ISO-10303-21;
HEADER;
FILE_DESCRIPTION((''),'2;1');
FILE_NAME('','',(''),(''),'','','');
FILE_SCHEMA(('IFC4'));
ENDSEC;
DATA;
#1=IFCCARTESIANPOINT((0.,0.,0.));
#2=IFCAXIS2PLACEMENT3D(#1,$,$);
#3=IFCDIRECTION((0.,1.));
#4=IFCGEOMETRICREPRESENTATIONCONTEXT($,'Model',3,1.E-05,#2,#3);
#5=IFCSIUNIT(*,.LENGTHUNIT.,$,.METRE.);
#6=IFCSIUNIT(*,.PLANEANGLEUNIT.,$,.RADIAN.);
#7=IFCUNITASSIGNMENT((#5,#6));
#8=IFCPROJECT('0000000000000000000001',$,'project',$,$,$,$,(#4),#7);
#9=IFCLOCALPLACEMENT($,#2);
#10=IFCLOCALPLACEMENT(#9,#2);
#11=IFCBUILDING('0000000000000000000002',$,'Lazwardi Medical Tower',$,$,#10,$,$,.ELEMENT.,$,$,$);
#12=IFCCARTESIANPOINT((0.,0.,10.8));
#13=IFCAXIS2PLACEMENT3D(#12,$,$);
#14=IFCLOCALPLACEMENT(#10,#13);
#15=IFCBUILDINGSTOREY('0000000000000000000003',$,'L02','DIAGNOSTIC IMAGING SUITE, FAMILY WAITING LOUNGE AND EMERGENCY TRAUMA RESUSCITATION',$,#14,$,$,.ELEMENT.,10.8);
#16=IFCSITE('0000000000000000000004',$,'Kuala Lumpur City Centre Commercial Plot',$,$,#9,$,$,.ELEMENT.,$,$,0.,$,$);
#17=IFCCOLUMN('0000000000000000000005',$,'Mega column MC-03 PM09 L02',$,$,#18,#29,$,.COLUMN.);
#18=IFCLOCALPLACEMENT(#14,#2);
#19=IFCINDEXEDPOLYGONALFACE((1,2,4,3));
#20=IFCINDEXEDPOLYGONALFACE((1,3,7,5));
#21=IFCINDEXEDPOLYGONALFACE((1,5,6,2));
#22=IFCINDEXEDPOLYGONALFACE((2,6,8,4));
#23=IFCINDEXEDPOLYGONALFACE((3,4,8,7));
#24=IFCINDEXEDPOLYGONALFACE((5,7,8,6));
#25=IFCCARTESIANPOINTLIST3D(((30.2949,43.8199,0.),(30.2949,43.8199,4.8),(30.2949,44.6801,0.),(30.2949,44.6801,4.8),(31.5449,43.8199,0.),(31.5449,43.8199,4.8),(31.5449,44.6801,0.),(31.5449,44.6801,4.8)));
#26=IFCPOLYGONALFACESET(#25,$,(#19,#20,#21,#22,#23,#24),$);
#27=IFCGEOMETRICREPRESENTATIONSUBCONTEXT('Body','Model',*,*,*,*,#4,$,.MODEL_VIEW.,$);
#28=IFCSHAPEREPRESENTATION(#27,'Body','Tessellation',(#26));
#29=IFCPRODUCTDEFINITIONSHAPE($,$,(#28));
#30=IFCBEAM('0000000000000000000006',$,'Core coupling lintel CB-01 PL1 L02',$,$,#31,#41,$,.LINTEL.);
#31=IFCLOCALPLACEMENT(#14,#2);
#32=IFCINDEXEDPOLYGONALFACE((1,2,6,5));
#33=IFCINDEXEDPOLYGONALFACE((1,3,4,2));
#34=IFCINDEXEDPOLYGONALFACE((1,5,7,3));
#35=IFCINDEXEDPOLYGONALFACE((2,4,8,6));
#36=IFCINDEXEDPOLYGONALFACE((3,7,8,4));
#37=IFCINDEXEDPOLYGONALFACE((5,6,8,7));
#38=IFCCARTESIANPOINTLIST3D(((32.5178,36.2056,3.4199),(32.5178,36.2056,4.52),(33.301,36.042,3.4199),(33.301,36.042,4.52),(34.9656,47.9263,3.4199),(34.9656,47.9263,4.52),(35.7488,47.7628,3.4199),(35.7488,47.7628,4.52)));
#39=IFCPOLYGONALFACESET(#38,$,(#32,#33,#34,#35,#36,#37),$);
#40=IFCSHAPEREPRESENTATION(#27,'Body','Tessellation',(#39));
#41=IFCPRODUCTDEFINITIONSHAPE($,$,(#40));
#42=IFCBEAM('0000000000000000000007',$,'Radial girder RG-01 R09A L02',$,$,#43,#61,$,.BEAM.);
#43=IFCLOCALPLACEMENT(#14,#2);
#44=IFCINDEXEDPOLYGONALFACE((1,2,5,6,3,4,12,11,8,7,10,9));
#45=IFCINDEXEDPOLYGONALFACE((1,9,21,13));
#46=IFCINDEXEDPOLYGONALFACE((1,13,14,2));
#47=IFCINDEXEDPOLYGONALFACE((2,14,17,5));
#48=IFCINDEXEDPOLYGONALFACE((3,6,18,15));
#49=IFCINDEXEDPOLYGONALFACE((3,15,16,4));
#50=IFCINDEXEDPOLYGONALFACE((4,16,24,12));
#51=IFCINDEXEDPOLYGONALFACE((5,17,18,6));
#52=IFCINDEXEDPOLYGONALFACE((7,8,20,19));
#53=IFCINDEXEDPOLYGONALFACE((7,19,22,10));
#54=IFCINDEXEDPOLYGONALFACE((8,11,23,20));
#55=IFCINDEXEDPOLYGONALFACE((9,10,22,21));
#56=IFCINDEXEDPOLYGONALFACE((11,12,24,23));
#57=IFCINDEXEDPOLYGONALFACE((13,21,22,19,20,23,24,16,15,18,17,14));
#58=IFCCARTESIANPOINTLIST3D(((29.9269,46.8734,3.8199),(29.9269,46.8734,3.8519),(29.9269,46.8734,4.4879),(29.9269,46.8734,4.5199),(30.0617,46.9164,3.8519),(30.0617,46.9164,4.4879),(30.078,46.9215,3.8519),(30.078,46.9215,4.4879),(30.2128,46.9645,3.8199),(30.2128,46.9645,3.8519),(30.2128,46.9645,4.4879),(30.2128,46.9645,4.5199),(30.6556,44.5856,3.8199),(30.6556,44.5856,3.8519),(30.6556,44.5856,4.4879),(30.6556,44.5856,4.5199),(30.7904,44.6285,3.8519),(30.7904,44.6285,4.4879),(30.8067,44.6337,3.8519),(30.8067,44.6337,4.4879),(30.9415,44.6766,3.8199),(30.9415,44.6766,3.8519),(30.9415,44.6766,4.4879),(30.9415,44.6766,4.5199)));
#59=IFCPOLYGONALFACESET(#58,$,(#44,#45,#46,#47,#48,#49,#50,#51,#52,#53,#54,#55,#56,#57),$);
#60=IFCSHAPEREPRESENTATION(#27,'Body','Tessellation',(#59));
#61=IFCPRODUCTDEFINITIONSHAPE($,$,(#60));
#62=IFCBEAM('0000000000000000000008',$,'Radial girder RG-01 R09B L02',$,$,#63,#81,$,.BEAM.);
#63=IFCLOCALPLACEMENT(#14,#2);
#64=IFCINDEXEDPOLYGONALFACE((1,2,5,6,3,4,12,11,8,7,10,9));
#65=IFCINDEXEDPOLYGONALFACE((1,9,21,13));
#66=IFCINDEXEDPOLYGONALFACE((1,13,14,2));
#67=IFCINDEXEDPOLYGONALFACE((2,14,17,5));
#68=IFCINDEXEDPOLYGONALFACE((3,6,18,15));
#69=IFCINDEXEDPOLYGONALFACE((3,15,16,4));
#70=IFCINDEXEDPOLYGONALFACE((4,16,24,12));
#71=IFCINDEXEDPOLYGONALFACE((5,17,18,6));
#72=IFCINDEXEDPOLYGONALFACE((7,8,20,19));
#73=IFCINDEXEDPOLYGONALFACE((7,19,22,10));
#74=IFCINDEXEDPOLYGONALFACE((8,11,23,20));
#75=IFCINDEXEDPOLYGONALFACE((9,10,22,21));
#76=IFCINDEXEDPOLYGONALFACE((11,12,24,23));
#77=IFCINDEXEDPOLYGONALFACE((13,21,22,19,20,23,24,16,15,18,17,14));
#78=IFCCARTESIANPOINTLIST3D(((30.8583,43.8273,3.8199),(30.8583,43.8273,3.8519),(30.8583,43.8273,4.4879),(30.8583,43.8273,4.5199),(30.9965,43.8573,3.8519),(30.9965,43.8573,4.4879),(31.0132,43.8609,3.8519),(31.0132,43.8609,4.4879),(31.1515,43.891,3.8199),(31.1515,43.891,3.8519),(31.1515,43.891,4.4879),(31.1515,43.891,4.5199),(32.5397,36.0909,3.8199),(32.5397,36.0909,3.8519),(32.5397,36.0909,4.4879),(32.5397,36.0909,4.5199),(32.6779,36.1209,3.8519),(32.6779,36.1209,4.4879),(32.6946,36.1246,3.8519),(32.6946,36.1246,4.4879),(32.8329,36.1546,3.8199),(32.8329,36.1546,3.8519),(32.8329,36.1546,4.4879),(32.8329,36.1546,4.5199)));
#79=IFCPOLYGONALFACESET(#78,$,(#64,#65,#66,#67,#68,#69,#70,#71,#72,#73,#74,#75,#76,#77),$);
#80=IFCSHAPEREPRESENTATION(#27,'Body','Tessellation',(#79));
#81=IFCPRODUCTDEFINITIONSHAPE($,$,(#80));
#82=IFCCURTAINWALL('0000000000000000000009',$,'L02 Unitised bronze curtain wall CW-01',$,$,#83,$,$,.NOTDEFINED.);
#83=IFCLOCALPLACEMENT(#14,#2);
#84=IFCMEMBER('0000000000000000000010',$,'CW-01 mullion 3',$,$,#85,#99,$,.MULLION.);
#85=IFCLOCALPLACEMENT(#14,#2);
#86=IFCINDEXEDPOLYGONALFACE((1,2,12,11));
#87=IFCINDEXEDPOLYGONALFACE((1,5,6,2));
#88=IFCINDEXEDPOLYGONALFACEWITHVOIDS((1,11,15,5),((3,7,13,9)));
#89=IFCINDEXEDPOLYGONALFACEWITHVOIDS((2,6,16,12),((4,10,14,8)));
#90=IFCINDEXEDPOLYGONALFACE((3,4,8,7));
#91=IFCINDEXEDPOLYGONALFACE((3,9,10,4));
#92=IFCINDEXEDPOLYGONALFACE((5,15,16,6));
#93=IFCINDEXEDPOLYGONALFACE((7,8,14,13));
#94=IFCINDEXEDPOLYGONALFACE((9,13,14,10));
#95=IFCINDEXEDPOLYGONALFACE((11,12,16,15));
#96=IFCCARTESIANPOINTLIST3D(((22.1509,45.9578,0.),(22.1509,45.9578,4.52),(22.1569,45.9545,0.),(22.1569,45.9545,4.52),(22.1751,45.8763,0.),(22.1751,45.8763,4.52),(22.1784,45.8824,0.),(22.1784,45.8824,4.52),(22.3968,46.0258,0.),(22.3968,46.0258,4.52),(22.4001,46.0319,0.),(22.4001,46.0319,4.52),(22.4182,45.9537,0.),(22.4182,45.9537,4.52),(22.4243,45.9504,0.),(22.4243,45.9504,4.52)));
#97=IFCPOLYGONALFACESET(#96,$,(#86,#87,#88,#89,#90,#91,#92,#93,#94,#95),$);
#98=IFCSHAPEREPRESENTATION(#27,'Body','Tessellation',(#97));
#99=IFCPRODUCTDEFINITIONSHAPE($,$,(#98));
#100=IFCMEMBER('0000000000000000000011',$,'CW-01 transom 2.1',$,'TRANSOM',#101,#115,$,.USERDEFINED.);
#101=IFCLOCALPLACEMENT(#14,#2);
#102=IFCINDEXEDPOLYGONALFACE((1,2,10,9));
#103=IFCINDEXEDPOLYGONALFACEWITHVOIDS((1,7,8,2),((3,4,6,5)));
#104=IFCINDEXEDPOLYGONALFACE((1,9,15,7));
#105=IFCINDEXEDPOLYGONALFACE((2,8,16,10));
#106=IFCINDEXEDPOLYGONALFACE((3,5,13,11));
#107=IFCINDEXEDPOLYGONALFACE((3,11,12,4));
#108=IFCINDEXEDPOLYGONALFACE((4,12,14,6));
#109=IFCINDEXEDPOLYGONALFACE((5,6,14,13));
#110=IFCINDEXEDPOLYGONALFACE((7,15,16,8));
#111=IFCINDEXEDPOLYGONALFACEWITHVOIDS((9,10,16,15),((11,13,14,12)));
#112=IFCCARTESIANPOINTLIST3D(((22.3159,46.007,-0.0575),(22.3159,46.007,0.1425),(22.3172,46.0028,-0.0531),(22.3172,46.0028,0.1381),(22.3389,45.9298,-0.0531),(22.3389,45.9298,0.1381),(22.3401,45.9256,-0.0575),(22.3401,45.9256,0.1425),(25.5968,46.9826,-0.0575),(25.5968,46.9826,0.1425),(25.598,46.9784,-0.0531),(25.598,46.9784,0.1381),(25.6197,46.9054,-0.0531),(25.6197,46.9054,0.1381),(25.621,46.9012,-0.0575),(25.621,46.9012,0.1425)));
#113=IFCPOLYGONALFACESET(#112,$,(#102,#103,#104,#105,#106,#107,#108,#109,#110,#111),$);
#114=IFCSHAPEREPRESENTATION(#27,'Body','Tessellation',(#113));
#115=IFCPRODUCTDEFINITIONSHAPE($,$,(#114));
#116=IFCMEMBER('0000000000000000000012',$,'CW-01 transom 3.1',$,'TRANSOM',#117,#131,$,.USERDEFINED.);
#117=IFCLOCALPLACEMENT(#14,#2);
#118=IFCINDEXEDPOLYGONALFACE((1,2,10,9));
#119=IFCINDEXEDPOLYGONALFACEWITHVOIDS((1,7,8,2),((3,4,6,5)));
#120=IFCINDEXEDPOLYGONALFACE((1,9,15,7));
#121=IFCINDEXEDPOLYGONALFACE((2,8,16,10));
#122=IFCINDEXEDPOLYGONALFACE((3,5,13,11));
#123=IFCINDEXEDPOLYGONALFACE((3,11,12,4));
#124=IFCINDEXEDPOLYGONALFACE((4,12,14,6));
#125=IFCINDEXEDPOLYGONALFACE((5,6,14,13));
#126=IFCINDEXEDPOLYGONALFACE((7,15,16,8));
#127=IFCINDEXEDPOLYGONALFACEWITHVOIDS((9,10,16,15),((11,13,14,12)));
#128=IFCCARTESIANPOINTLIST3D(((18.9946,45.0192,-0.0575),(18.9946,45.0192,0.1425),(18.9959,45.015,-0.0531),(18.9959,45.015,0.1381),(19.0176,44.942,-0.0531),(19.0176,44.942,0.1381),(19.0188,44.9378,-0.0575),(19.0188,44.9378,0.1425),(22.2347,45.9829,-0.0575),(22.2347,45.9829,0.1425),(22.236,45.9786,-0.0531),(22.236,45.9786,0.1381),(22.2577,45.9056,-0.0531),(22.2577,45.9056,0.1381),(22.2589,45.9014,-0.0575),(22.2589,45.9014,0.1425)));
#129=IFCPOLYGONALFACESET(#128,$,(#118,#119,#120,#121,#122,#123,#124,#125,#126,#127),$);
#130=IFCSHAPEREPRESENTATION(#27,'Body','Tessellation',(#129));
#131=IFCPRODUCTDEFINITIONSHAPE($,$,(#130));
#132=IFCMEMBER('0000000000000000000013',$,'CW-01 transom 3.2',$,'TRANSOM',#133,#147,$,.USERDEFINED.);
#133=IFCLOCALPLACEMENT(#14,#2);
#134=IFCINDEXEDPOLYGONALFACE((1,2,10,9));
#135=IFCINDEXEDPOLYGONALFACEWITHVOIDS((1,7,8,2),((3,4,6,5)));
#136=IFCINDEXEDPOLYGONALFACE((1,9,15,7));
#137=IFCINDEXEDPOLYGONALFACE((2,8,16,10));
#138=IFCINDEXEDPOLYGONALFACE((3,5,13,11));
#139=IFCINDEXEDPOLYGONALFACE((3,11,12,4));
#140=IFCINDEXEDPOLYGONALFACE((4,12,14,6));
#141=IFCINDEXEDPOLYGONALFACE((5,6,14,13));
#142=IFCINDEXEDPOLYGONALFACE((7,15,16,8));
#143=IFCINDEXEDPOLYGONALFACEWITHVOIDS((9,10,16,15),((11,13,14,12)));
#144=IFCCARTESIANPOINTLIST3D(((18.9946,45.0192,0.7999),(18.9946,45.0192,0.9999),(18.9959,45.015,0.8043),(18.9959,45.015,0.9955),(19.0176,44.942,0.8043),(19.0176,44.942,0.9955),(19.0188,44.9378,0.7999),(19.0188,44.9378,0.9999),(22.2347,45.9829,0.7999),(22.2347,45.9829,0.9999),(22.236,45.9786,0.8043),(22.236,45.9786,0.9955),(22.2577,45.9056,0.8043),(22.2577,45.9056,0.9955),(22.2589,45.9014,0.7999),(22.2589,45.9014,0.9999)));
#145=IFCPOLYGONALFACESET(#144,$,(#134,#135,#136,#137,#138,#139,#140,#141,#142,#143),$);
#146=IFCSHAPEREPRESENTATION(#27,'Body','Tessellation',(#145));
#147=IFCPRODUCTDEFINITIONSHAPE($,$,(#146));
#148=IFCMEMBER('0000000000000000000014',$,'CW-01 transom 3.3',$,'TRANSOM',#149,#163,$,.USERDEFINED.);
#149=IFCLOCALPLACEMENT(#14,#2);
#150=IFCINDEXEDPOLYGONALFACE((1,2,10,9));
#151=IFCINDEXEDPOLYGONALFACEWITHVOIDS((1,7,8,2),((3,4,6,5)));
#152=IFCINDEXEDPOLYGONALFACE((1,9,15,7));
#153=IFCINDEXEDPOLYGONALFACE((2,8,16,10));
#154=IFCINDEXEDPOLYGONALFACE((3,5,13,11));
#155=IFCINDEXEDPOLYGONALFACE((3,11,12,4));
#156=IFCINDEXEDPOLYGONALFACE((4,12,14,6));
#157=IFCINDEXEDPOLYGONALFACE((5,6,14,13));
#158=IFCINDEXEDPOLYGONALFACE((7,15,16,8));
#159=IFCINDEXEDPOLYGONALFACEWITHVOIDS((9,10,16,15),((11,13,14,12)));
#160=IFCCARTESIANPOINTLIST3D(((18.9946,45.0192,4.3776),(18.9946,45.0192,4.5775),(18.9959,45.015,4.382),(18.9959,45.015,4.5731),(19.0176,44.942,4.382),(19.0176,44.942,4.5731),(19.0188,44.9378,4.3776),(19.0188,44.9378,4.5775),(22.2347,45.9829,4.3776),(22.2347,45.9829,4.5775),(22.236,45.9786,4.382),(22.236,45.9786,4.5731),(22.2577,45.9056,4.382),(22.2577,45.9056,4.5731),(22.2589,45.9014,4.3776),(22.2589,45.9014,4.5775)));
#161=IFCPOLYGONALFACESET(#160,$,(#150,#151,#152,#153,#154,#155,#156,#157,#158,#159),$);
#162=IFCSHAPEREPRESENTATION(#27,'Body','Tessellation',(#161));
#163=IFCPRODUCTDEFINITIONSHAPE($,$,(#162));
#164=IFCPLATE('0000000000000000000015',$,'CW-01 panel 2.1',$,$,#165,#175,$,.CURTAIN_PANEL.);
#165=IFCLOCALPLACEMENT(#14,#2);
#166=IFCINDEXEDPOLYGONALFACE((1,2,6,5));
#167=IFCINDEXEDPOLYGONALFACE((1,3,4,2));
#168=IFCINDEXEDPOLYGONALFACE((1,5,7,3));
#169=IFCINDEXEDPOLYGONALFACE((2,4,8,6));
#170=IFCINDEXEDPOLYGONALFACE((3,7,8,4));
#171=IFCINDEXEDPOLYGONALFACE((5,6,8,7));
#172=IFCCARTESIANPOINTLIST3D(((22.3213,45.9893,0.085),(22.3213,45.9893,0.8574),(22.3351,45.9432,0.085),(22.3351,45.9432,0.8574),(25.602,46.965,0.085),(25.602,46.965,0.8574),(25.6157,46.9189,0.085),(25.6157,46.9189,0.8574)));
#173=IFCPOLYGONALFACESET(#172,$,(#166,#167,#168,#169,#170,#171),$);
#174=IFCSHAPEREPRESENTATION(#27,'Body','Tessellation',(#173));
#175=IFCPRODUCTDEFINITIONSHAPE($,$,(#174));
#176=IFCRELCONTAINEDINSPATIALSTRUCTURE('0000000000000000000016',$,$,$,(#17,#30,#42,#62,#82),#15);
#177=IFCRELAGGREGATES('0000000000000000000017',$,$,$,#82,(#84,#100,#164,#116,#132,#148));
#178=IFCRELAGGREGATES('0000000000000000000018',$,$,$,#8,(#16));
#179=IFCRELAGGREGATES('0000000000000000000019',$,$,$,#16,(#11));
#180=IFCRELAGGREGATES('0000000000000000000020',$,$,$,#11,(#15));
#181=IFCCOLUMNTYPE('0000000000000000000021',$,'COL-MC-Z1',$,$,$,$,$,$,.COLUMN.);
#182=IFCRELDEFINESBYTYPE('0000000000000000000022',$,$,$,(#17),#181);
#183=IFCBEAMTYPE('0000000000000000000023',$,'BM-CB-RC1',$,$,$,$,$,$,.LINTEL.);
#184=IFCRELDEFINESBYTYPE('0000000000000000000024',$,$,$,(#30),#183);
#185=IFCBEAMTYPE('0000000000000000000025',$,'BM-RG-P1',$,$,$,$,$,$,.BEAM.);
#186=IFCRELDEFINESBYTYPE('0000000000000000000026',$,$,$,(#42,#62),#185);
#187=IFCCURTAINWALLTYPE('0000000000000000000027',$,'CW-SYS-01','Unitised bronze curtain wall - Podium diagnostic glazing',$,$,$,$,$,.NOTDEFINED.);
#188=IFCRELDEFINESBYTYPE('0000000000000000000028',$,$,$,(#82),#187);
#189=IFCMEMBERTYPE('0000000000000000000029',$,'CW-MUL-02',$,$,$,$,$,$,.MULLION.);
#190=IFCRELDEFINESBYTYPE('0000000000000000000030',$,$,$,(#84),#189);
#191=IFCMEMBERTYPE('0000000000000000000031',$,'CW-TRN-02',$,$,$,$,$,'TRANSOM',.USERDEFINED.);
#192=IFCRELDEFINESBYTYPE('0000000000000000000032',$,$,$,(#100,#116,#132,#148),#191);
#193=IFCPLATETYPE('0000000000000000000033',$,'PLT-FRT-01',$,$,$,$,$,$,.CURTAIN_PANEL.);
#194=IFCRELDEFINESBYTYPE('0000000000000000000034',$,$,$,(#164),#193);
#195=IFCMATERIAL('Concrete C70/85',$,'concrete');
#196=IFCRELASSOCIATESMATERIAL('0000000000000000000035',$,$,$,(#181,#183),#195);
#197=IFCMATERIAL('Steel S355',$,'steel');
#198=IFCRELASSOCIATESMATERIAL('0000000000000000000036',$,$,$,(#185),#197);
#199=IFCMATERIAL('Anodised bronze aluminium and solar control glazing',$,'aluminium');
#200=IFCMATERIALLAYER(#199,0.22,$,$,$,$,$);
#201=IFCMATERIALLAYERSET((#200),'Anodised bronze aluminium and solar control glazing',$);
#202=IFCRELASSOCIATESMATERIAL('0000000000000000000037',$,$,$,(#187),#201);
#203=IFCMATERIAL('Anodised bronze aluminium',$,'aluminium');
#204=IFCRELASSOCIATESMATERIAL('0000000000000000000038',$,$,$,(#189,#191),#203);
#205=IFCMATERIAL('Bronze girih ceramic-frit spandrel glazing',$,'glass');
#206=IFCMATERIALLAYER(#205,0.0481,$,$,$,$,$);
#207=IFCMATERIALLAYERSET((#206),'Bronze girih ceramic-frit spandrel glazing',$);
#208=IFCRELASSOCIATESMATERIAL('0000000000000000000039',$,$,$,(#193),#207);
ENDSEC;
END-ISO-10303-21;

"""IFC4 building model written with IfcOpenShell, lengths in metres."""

from ifc_helpers import new_model, si_unit, direction, frame, origin, origin_2d, place, context, subcontext, project, spatial, rectangle, hollow_rectangle, i_section, extrude, material, layer, layer_set, material_profile, profile_set, type_object, element, aggregate, save


model = new_model("IFC4")

# Units and contexts
model_context = context("Model", 3, precision=1e-05, world=origin(), true_north=direction((0.0, 1.0)))
body_context = subcontext(model_context, "Body", "Model", "MODEL_VIEW")
ifc_project = project(units=[si_unit("LENGTHUNIT", "METRE"), si_unit("PLANEANGLEUNIT", "RADIAN")], contexts=[model_context])

# Site, building, storey
site_placement = place(None, origin())
site = spatial("IfcSite", under=ifc_project, at=site_placement, Name="Kuala Lumpur City Centre Commercial Plot", CompositionType="ELEMENT", RefElevation=0.0)
building_placement = place(site_placement, origin())
building = spatial("IfcBuilding", under=site, at=building_placement, Name="Lazwardi Medical Tower", CompositionType="ELEMENT")
storey_placement = place(building_placement, frame((0.0, 0.0, 10.8)))
storey = spatial("IfcBuildingStorey", under=building, at=storey_placement, Name="L02", Description="DIAGNOSTIC IMAGING SUITE, FAMILY WAITING LOUNGE AND EMERGENCY TRAUMA RESUSCITATION", CompositionType="ELEMENT", Elevation=10.8)

# Column
ifc_material_1 = material(Name="Concrete C70/85", Category="concrete")
ifc_material_profile_1 = material_profile(ifc_material_1, rectangle(XDim=1.25, YDim=0.8601, at=origin_2d()), Name="CFT-RECT 1250x860")
ifc_profile_set_1 = profile_set([ifc_material_profile_1], Name="Concrete C70/85")
column_type = type_object("IfcColumnType", Name="COL-MC-Z1", PredefinedType="COLUMN", material=ifc_profile_set_1)
column_placement = place(storey_placement, frame((30.9199, 44.25, 0.0), z_axis=(0.0, 0.0, 1.0), x_axis=(1.0, 0.0, 0.0)))
element("IfcColumn", 1, at=column_placement, inside=storey, type_object=column_type, Name="Mega column MC-03 PM09 L02", PredefinedType="COLUMN", context=body_context, shape_type="SweptSolid", body=[
    extrude(rectangle(XDim=1.25, YDim=0.8601, at=origin_2d()), origin(), (0.0, 0.0, 1.0), 4.8),
])

# Beams
ifc_material_profile_2 = material_profile(ifc_material_1, rectangle(XDim=0.8, YDim=1.1001, at=origin_2d()), Name="RC 800x1100")
ifc_profile_set_2 = profile_set([ifc_material_profile_2], Name="Concrete C70/85")
beam_type_1 = type_object("IfcBeamType", Name="BM-CB-RC1", PredefinedType="LINTEL", material=ifc_profile_set_2)
beam_1_placement = place(storey_placement, frame((32.9094, 36.1238, 3.97), z_axis=(0.20443, 0.978881, 0.0), x_axis=(-0.978881, 0.20443, 0.0)))
element("IfcBeam", 2, at=beam_1_placement, inside=storey, type_object=beam_type_1, Name="Core coupling lintel CB-01 PL1 L02", PredefinedType="LINTEL", context=body_context, shape_type="SweptSolid", body=[
    extrude(rectangle(XDim=0.8, YDim=1.1001, at=origin_2d()), origin(), (0.0, 0.0, 1.0), 11.9736),
])
ifc_material_2 = material(Name="Steel S355", Category="steel")
ifc_material_profile_3 = material_profile(ifc_material_2, i_section(OverallWidth=0.3, OverallDepth=0.7, WebThickness=0.0171, FlangeThickness=0.032, at=origin_2d()), Name="HEB 700")
ifc_profile_set_3 = profile_set([ifc_material_profile_3], Name="Steel S355")
beam_type_2 = type_object("IfcBeamType", Name="BM-RG-P1", PredefinedType="BEAM", material=ifc_profile_set_3)
beam_2_placement = place(storey_placement, frame((30.0698, 46.9189, 4.1699), z_axis=(0.30351, -0.952828, 0.0), x_axis=(0.952828, 0.30351, 0.0)))
element("IfcBeam", 3, at=beam_2_placement, inside=storey, type_object=beam_type_2, Name="Radial girder RG-01 R09A L02", PredefinedType="BEAM", context=body_context, shape_type="SweptSolid", body=[
    extrude(i_section(OverallWidth=0.3, OverallDepth=0.7, WebThickness=0.0171, FlangeThickness=0.032, at=origin_2d()), origin(), (0.0, 0.0, 1.0), 2.4011),
])
beam_3_placement = place(storey_placement, frame((31.0049, 43.8591, 4.1699), z_axis=(0.21238, -0.977187, 0.0), x_axis=(0.977187, 0.21238, 0.0)))
element("IfcBeam", 4, at=beam_3_placement, inside=storey, type_object=beam_type_2, Name="Radial girder RG-01 R09B L02", PredefinedType="BEAM", context=body_context, shape_type="SweptSolid", body=[
    extrude(i_section(OverallWidth=0.3, OverallDepth=0.7, WebThickness=0.0171, FlangeThickness=0.032, at=origin_2d()), origin(), (0.0, 0.0, 1.0), 7.917),
])

# Curtain wall, members, plate
ifc_material_3 = material(Name="Anodised bronze aluminium and solar control glazing", Category="aluminium")
ifc_layer_1 = layer(ifc_material_3, 0.22)
ifc_layer_set_1 = layer_set([ifc_layer_1], Name="Anodised bronze aluminium and solar control glazing")
curtain_wall_type = type_object("IfcCurtainWallType", Name="CW-SYS-01", Description="Unitised bronze curtain wall - Podium diagnostic glazing", PredefinedType="NOTDEFINED", material=ifc_layer_set_1)
curtain_wall_placement = place(storey_placement, origin())
curtain_wall = element("IfcCurtainWall", 5, at=curtain_wall_placement, inside=storey, type_object=curtain_wall_type, Name="L02 Unitised bronze curtain wall CW-01", PredefinedType="NOTDEFINED")
ifc_material_4 = material(Name="Anodised bronze aluminium", Category="aluminium")
ifc_material_profile_4 = material_profile(ifc_material_4, hollow_rectangle(XDim=0.085, YDim=0.26, WallThickness=0.0049, at=origin_2d()), Name="ALU-MULLION 260x85x5")
ifc_profile_set_4 = profile_set([ifc_material_profile_4], Name="Anodised bronze aluminium")
member_type_1 = type_object("IfcMemberType", Name="CW-MUL-02", PredefinedType="MULLION", material=ifc_profile_set_4)
member_1_placement = place(storey_placement, frame((22.2876, 45.9541, 0.0), z_axis=(0.0, 0.0, 1.0), x_axis=(0.285047, -0.958513, 0.0)))
member_1 = element("IfcMember", 6, at=member_1_placement, type_object=member_type_1, Name="CW-01 mullion 3", PredefinedType="MULLION", context=body_context, shape_type="SweptSolid", body=[
    extrude(hollow_rectangle(XDim=0.085, YDim=0.26, WallThickness=0.0049, at=origin_2d()), origin(), (0.0, 0.0, 1.0), 4.52),
])
ifc_material_profile_5 = material_profile(ifc_material_4, hollow_rectangle(XDim=0.085, YDim=0.2, WallThickness=0.0044, at=origin_2d()), Name="ALU-TRANSOM 200x85x4.5")
ifc_profile_set_5 = profile_set([ifc_material_profile_5], Name="Anodised bronze aluminium")
member_type_2 = type_object("IfcMemberType", Name="CW-TRN-02", ElementType="TRANSOM", PredefinedType="USERDEFINED", material=ifc_profile_set_5)
member_2_placement = place(storey_placement, frame((25.6089, 46.9419, 0.0425), z_axis=(-0.958518, -0.28503, 0.0), x_axis=(0.28503, -0.958518, 0.0)))
member_2 = element("IfcMember", 7, at=member_2_placement, type_object=member_type_2, Name="CW-01 transom 2.1", ObjectType="TRANSOM", PredefinedType="USERDEFINED", context=body_context, shape_type="SweptSolid", body=[
    extrude(hollow_rectangle(XDim=0.085, YDim=0.2, WallThickness=0.0044, at=origin_2d()), origin(), (0.0, 0.0, 1.0), 3.4229),
])
member_3_placement = place(storey_placement, frame((22.2468, 45.9421, 0.0425), z_axis=(-0.958505, -0.285074, 0.0), x_axis=(0.285074, -0.958505, 0.0)))
member_3 = element("IfcMember", 8, at=member_3_placement, type_object=member_type_2, Name="CW-01 transom 3.1", ObjectType="TRANSOM", PredefinedType="USERDEFINED", context=body_context, shape_type="SweptSolid", body=[
    extrude(hollow_rectangle(XDim=0.085, YDim=0.2, WallThickness=0.0044, at=origin_2d()), origin(), (0.0, 0.0, 1.0), 3.3804),
])
member_4_placement = place(storey_placement, frame((22.2468, 45.9421, 0.8999), z_axis=(-0.958505, -0.285074, 0.0), x_axis=(0.285074, -0.958505, 0.0)))
member_4 = element("IfcMember", 9, at=member_4_placement, type_object=member_type_2, Name="CW-01 transom 3.2", ObjectType="TRANSOM", PredefinedType="USERDEFINED", context=body_context, shape_type="SweptSolid", body=[
    extrude(hollow_rectangle(XDim=0.085, YDim=0.2, WallThickness=0.0044, at=origin_2d()), origin(), (0.0, 0.0, 1.0), 3.3804),
])
member_5_placement = place(storey_placement, frame((22.2468, 45.9421, 4.4775), z_axis=(-0.958505, -0.285074, 0.0), x_axis=(0.285074, -0.958505, 0.0)))
member_5 = element("IfcMember", 10, at=member_5_placement, type_object=member_type_2, Name="CW-01 transom 3.3", ObjectType="TRANSOM", PredefinedType="USERDEFINED", context=body_context, shape_type="SweptSolid", body=[
    extrude(hollow_rectangle(XDim=0.085, YDim=0.2, WallThickness=0.0044, at=origin_2d()), origin(), (0.0, 0.0, 1.0), 3.3804),
])
ifc_material_5 = material(Name="Bronze girih ceramic-frit spandrel glazing", Category="glass")
ifc_layer_2 = layer(ifc_material_5, 0.0481)
ifc_layer_set_2 = layer_set([ifc_layer_2], Name="Bronze girih ceramic-frit spandrel glazing")
plate_type_1 = type_object("IfcPlateType", Name="PLT-FRT-01", PredefinedType="CURTAIN_PANEL", material=ifc_layer_set_2)
plate_1_placement = place(storey_placement, frame((23.9685, 46.4541, 0.085), z_axis=(0.0, 0.0, 1.0), x_axis=(-0.958513, -0.285047, 0.0)))
plate_1 = element("IfcPlate", 11, at=plate_1_placement, type_object=plate_type_1, Name="CW-01 panel 2.1", PredefinedType="CURTAIN_PANEL", context=body_context, shape_type="SweptSolid", body=[
    extrude(rectangle(XDim=3.4226, YDim=0.0481, at=origin_2d()), origin(), (0.0, 0.0, 1.0), 0.7725),
])
aggregate(curtain_wall, [member_1, member_2, plate_1, member_3, member_4, member_5])

save(model, "model.ifc")
